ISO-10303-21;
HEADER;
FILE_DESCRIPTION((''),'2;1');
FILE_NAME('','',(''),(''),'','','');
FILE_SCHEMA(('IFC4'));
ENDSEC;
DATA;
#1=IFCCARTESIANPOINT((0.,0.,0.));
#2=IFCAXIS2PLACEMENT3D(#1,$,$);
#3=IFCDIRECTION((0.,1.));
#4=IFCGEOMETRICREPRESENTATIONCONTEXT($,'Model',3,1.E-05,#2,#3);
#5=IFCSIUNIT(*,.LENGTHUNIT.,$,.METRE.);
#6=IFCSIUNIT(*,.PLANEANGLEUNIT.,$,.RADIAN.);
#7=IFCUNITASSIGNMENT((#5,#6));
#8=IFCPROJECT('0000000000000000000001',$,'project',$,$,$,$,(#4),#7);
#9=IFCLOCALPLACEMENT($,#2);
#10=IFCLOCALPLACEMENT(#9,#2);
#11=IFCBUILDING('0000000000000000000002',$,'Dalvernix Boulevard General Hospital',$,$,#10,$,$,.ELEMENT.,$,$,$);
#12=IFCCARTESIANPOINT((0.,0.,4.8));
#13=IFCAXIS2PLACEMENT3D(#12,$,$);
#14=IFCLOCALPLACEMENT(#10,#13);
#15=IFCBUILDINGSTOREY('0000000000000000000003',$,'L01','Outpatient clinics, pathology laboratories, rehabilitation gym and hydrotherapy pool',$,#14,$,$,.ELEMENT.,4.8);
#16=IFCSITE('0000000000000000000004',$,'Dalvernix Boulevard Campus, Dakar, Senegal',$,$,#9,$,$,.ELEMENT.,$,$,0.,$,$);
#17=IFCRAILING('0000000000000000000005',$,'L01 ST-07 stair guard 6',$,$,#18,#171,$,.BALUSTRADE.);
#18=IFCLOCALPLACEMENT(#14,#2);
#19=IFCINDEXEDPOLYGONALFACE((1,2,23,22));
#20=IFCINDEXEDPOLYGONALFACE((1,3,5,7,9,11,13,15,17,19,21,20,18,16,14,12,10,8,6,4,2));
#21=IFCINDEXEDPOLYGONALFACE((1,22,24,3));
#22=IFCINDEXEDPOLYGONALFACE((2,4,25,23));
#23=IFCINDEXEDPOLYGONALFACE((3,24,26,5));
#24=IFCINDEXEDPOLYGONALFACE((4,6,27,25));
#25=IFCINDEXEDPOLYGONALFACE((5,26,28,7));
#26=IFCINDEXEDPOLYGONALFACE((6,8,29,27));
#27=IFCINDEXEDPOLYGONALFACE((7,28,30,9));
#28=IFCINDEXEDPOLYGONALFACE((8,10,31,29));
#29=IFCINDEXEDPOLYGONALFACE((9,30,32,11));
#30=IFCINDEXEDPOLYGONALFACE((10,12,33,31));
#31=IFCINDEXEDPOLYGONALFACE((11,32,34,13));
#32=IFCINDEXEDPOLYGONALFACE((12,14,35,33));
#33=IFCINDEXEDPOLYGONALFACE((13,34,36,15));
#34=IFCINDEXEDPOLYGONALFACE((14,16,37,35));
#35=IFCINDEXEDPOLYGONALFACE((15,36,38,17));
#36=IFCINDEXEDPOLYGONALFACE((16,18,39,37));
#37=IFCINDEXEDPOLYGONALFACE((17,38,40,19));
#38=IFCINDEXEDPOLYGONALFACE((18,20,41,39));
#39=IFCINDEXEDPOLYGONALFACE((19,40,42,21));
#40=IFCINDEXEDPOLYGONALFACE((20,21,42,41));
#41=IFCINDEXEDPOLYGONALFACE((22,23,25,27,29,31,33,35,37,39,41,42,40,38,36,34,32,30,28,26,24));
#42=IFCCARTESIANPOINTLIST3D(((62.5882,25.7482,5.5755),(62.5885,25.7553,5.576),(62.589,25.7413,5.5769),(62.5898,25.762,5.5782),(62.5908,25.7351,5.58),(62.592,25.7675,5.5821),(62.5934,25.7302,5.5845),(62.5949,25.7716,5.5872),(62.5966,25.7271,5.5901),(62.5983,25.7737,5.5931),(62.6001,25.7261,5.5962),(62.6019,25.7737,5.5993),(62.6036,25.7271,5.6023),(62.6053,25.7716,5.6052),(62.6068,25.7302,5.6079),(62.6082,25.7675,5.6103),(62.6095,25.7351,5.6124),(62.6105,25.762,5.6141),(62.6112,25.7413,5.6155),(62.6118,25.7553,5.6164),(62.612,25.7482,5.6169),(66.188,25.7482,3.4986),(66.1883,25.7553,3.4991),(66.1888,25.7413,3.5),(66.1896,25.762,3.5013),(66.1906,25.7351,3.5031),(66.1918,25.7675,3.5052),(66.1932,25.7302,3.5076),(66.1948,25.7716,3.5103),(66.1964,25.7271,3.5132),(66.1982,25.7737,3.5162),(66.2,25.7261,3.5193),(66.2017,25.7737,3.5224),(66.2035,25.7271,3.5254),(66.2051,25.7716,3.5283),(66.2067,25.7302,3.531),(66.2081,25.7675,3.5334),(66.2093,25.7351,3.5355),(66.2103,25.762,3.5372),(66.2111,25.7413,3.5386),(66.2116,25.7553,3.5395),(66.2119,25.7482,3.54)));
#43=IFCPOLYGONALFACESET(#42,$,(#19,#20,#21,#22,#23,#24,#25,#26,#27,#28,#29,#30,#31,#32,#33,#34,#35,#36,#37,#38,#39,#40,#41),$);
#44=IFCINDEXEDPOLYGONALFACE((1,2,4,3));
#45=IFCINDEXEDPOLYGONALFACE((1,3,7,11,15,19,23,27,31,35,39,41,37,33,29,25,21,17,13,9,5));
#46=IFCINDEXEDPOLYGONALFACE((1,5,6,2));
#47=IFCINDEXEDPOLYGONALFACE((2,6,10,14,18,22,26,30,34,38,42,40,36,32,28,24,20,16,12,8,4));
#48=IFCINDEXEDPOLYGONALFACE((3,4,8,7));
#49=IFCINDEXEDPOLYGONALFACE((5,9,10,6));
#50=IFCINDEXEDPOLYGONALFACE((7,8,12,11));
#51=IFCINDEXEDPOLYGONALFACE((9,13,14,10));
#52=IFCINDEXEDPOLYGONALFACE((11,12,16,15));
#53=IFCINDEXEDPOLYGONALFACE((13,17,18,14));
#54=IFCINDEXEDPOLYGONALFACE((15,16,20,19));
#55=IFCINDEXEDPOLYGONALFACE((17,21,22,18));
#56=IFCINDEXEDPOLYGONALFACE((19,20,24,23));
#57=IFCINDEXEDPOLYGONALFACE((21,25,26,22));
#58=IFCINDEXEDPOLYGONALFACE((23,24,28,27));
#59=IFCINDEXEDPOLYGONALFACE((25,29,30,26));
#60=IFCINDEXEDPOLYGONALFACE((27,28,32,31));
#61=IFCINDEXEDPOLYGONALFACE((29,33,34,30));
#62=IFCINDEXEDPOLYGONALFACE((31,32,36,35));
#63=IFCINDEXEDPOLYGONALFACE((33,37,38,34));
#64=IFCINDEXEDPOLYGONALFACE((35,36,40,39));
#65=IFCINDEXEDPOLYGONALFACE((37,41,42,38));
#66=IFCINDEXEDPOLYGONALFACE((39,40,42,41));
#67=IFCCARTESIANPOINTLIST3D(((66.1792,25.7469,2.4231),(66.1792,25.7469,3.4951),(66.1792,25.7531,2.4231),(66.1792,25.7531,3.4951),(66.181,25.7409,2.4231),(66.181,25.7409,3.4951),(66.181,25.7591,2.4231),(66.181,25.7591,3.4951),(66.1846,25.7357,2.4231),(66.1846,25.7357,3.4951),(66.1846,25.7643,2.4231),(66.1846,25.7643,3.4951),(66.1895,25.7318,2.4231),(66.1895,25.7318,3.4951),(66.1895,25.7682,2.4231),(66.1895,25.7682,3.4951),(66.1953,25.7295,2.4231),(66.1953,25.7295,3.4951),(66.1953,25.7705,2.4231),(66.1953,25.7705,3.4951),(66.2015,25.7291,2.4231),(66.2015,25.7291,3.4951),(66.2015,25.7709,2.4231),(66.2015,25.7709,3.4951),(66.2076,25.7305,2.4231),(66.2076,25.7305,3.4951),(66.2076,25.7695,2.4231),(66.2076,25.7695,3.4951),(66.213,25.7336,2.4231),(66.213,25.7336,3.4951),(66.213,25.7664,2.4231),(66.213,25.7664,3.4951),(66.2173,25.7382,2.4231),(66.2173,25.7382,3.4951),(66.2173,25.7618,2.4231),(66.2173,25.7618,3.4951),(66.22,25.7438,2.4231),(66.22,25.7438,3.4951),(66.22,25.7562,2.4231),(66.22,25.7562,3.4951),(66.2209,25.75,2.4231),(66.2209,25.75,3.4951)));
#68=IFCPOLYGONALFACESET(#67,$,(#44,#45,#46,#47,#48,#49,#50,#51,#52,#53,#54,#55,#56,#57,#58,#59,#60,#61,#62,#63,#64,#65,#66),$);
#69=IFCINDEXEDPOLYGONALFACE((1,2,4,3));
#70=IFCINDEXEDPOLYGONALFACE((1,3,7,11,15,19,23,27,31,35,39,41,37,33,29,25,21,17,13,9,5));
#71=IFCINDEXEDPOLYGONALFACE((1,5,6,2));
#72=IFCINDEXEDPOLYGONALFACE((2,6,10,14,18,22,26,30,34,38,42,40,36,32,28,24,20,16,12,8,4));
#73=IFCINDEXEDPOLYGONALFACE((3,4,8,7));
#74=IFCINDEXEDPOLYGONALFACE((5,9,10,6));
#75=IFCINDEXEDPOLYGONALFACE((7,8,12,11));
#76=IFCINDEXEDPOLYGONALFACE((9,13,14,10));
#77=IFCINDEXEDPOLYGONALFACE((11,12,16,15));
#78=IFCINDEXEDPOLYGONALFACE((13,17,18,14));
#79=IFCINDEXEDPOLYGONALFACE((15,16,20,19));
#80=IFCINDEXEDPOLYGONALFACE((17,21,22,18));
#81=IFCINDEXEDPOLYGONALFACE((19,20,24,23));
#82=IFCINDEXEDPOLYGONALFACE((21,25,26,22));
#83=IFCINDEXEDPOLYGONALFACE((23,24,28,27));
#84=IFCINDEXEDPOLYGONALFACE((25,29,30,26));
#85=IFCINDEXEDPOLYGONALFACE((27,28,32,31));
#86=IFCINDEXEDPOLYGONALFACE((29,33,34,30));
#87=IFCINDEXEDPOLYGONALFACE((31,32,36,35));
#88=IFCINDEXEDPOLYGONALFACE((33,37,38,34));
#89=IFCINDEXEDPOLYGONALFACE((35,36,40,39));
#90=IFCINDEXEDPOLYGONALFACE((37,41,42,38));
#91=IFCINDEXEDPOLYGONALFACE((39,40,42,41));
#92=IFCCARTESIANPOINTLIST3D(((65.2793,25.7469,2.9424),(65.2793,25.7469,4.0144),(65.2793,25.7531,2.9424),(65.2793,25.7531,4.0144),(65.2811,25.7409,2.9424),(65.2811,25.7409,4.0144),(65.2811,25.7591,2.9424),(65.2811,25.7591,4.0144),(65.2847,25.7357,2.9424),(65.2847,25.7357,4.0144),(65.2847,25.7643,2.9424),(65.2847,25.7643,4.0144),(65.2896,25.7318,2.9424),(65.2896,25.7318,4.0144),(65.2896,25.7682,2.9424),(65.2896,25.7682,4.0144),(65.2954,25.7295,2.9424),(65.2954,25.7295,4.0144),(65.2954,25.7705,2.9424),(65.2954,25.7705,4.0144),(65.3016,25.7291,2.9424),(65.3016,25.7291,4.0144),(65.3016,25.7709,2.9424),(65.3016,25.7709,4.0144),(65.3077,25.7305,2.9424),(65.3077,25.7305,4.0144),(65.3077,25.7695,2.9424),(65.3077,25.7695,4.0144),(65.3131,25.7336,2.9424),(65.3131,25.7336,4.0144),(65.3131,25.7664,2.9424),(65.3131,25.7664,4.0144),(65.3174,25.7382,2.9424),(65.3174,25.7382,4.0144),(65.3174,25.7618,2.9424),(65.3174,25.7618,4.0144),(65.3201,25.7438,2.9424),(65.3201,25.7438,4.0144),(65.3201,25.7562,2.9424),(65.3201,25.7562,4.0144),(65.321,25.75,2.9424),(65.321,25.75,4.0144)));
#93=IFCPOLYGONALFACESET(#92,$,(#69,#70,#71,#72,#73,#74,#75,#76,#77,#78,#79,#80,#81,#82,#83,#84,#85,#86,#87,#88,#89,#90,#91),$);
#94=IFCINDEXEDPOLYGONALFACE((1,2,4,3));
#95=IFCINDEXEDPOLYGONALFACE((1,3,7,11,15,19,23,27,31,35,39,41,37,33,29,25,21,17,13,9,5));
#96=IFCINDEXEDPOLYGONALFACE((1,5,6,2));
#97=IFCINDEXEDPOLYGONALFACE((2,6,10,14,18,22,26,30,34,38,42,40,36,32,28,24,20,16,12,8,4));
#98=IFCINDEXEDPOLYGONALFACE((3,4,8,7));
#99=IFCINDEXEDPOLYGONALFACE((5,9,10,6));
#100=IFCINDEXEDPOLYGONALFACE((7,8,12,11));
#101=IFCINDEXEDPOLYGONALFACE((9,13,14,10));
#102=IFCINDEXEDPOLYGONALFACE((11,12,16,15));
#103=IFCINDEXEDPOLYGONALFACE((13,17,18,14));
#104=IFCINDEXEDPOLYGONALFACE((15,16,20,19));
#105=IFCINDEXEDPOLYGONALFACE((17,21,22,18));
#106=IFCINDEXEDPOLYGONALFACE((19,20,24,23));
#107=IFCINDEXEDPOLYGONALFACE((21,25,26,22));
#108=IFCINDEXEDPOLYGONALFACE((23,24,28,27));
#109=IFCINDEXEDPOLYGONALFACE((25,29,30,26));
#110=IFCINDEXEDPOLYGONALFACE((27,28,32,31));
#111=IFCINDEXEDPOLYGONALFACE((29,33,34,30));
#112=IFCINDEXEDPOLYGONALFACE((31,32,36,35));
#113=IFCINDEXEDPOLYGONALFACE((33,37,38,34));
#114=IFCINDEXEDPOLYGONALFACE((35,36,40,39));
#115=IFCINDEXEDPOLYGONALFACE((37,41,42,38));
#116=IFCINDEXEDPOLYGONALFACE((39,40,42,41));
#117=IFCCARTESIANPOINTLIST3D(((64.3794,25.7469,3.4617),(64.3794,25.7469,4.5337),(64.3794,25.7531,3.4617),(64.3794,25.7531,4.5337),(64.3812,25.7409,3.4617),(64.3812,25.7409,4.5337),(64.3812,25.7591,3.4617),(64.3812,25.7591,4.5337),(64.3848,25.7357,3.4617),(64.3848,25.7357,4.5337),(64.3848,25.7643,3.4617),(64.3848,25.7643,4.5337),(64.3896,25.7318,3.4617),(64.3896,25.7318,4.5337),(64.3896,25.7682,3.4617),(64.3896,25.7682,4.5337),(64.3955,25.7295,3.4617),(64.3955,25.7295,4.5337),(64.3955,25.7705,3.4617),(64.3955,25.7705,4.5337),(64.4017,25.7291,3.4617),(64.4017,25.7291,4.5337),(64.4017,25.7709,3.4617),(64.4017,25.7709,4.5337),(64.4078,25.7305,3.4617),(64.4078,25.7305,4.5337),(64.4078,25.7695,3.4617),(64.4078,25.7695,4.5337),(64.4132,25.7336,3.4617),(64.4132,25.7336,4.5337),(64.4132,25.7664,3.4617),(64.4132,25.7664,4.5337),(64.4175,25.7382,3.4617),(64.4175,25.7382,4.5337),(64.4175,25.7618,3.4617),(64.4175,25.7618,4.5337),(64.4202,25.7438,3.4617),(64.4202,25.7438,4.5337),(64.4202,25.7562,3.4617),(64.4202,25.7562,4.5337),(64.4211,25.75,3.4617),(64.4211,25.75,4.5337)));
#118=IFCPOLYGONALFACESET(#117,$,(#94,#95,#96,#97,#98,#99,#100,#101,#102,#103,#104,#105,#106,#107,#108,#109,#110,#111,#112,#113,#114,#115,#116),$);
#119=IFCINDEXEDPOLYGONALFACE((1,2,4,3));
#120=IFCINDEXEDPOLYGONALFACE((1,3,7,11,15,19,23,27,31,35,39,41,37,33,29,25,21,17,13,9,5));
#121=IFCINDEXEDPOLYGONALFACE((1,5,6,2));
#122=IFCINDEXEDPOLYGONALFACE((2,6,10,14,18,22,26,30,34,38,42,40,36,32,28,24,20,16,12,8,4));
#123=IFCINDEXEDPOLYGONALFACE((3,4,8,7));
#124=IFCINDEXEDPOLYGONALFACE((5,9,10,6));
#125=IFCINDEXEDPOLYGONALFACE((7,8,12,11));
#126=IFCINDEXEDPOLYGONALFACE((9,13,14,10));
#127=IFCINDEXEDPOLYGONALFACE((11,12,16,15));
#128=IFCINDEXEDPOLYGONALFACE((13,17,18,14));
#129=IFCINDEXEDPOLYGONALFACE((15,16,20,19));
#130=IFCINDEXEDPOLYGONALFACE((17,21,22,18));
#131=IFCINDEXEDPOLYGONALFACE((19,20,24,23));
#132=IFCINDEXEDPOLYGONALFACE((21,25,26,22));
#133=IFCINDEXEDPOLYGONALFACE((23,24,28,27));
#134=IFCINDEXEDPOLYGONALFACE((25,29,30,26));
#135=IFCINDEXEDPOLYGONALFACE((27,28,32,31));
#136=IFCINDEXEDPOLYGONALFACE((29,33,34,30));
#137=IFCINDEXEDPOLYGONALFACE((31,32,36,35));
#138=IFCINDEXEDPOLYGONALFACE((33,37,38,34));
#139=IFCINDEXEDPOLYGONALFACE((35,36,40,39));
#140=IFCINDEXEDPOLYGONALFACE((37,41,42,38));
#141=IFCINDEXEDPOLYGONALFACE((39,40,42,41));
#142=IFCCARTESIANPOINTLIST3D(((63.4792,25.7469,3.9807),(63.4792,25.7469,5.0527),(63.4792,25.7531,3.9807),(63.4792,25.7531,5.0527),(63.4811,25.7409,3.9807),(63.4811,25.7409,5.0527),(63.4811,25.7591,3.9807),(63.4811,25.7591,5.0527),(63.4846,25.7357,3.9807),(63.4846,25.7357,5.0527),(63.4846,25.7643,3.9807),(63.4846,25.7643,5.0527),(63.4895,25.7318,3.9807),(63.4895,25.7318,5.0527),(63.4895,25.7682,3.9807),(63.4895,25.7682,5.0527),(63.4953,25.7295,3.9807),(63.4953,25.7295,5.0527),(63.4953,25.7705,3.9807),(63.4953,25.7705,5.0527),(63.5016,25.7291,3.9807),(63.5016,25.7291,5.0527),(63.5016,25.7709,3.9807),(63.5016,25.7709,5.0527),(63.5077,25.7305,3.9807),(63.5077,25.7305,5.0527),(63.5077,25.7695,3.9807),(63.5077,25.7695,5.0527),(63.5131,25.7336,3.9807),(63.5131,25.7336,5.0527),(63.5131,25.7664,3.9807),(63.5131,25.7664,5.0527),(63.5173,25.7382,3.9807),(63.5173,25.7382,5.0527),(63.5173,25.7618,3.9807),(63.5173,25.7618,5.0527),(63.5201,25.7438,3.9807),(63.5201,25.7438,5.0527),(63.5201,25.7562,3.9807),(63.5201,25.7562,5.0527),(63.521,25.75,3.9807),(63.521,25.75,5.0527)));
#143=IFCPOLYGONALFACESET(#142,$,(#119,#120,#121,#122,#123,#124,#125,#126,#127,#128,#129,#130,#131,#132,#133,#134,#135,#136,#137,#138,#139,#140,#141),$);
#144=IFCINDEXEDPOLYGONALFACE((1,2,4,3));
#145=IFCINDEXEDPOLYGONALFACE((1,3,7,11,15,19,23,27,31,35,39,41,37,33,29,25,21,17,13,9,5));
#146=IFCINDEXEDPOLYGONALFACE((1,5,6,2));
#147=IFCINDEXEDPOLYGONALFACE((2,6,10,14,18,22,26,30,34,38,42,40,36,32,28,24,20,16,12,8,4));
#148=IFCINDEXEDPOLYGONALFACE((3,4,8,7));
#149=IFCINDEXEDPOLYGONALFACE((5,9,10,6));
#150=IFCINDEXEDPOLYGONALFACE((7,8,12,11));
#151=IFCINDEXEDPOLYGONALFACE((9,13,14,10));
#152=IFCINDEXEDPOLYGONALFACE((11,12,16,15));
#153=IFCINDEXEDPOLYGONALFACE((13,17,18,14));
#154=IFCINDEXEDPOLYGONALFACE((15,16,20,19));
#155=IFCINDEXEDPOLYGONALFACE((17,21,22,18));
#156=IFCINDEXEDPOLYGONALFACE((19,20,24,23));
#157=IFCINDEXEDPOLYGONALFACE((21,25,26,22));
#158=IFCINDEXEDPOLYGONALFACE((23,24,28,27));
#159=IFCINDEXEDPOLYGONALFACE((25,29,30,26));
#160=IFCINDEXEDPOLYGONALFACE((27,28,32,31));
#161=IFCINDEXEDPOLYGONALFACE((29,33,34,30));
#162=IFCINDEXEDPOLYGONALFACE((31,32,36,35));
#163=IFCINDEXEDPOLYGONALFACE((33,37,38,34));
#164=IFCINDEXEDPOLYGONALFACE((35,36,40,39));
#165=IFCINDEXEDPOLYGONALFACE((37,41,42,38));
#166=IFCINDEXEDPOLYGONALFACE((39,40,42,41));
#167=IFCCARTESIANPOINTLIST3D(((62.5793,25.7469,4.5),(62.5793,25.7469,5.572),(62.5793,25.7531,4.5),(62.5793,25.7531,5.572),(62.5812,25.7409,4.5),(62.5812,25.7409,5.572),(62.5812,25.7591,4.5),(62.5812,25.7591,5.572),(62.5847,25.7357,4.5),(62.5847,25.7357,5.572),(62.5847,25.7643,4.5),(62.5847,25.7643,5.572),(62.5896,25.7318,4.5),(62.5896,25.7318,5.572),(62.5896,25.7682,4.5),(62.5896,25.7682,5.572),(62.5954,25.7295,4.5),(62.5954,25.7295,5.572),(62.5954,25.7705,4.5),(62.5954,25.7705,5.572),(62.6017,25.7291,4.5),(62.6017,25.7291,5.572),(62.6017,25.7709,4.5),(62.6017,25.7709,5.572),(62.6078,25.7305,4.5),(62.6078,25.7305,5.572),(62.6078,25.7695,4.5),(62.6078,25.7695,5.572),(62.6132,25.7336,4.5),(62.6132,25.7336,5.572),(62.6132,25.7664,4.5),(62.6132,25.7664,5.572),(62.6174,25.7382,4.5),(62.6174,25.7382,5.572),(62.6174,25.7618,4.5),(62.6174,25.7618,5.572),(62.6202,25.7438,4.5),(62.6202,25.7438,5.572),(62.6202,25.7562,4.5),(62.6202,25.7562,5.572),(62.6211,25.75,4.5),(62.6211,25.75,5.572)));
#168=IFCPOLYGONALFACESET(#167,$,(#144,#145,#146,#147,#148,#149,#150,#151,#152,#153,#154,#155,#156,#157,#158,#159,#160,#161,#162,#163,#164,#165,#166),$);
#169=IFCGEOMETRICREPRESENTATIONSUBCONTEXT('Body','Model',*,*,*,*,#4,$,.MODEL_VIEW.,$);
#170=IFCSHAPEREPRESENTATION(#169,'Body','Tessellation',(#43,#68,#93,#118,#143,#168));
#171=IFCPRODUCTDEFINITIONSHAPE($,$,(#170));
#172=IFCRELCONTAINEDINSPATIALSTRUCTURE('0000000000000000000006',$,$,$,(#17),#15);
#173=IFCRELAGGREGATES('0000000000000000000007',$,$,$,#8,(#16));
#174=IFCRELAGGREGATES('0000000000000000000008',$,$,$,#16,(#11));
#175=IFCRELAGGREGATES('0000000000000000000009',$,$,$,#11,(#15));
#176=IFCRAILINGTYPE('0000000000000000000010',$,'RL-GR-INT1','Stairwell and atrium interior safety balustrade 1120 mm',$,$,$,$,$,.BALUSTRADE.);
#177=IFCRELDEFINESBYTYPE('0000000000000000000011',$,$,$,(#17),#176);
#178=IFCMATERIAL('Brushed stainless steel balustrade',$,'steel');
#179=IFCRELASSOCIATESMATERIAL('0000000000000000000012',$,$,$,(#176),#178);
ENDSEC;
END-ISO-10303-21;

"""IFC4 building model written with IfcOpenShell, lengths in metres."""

from ifc_helpers import new_model, si_unit, direction, frame, origin, origin_2d, place, context, subcontext, project, spatial, circle, extrude, material, type_object, element, save


model = new_model("IFC4")

# Units and contexts
model_context = context("Model", 3, precision=1e-05, world=origin(), true_north=direction((0.0, 1.0)))
body_context = subcontext(model_context, "Body", "Model", "MODEL_VIEW")
ifc_project = project(units=[si_unit("LENGTHUNIT", "METRE"), si_unit("PLANEANGLEUNIT", "RADIAN")], contexts=[model_context])

# Site, building, storey
site_placement = place(None, origin())
site = spatial("IfcSite", under=ifc_project, at=site_placement, Name="Dalvernix Boulevard Campus, Dakar, Senegal", CompositionType="ELEMENT", RefElevation=0.0)
building_placement = place(site_placement, origin())
building = spatial("IfcBuilding", under=site, at=building_placement, Name="Dalvernix Boulevard General Hospital", CompositionType="ELEMENT")
storey_placement = place(building_placement, frame((0.0, 0.0, 4.8)))
storey = spatial("IfcBuildingStorey", under=building, at=storey_placement, Name="L01", Description="Outpatient clinics, pathology laboratories, rehabilitation gym and hydrotherapy pool", CompositionType="ELEMENT", Elevation=4.8)

# Railing
ifc_material_1 = material(Name="Brushed stainless steel balustrade", Category="steel")
railing_type_1 = type_object("IfcRailingType", Name="RL-GR-INT1", Description="Stairwell and atrium interior safety balustrade 1120 mm", PredefinedType="BALUSTRADE", material=ifc_material_1)
railing_1_placement = place(storey_placement, frame((66.2, 25.75, 2.4231)))
element("IfcRailing", 1, at=railing_1_placement, inside=storey, type_object=railing_type_1, Name="L01 ST-07 stair guard 6", PredefinedType="BALUSTRADE", context=body_context, shape_type="SweptSolid", body=[
    extrude(circle(Radius=0.0239, at=origin_2d()), frame((0.0, 0.0, 1.0962), z_axis=(-0.866179, 0.0, 0.499734), x_axis=(0.0, -1.0, 0.0)), (0.0, 0.0, 1.0), 4.156),
    extrude(circle(Radius=0.021, at=origin_2d()), origin(), (0.0, 0.0, 1.0), 1.072),
    extrude(circle(Radius=0.021, at=origin_2d()), frame((-0.8999, 0.0, 0.5193)), (0.0, 0.0, 1.0), 1.072),
    extrude(circle(Radius=0.021, at=origin_2d()), frame((-1.7998, 0.0, 1.0386)), (0.0, 0.0, 1.0), 1.072),
    extrude(circle(Radius=0.021, at=origin_2d()), frame((-2.7, 0.0, 1.5576)), (0.0, 0.0, 1.0), 1.072),
    extrude(circle(Radius=0.021, at=origin_2d()), frame((-3.5999, 0.0, 2.0769)), (0.0, 0.0, 1.0), 1.072),
])

save(model, "model.ifc")
